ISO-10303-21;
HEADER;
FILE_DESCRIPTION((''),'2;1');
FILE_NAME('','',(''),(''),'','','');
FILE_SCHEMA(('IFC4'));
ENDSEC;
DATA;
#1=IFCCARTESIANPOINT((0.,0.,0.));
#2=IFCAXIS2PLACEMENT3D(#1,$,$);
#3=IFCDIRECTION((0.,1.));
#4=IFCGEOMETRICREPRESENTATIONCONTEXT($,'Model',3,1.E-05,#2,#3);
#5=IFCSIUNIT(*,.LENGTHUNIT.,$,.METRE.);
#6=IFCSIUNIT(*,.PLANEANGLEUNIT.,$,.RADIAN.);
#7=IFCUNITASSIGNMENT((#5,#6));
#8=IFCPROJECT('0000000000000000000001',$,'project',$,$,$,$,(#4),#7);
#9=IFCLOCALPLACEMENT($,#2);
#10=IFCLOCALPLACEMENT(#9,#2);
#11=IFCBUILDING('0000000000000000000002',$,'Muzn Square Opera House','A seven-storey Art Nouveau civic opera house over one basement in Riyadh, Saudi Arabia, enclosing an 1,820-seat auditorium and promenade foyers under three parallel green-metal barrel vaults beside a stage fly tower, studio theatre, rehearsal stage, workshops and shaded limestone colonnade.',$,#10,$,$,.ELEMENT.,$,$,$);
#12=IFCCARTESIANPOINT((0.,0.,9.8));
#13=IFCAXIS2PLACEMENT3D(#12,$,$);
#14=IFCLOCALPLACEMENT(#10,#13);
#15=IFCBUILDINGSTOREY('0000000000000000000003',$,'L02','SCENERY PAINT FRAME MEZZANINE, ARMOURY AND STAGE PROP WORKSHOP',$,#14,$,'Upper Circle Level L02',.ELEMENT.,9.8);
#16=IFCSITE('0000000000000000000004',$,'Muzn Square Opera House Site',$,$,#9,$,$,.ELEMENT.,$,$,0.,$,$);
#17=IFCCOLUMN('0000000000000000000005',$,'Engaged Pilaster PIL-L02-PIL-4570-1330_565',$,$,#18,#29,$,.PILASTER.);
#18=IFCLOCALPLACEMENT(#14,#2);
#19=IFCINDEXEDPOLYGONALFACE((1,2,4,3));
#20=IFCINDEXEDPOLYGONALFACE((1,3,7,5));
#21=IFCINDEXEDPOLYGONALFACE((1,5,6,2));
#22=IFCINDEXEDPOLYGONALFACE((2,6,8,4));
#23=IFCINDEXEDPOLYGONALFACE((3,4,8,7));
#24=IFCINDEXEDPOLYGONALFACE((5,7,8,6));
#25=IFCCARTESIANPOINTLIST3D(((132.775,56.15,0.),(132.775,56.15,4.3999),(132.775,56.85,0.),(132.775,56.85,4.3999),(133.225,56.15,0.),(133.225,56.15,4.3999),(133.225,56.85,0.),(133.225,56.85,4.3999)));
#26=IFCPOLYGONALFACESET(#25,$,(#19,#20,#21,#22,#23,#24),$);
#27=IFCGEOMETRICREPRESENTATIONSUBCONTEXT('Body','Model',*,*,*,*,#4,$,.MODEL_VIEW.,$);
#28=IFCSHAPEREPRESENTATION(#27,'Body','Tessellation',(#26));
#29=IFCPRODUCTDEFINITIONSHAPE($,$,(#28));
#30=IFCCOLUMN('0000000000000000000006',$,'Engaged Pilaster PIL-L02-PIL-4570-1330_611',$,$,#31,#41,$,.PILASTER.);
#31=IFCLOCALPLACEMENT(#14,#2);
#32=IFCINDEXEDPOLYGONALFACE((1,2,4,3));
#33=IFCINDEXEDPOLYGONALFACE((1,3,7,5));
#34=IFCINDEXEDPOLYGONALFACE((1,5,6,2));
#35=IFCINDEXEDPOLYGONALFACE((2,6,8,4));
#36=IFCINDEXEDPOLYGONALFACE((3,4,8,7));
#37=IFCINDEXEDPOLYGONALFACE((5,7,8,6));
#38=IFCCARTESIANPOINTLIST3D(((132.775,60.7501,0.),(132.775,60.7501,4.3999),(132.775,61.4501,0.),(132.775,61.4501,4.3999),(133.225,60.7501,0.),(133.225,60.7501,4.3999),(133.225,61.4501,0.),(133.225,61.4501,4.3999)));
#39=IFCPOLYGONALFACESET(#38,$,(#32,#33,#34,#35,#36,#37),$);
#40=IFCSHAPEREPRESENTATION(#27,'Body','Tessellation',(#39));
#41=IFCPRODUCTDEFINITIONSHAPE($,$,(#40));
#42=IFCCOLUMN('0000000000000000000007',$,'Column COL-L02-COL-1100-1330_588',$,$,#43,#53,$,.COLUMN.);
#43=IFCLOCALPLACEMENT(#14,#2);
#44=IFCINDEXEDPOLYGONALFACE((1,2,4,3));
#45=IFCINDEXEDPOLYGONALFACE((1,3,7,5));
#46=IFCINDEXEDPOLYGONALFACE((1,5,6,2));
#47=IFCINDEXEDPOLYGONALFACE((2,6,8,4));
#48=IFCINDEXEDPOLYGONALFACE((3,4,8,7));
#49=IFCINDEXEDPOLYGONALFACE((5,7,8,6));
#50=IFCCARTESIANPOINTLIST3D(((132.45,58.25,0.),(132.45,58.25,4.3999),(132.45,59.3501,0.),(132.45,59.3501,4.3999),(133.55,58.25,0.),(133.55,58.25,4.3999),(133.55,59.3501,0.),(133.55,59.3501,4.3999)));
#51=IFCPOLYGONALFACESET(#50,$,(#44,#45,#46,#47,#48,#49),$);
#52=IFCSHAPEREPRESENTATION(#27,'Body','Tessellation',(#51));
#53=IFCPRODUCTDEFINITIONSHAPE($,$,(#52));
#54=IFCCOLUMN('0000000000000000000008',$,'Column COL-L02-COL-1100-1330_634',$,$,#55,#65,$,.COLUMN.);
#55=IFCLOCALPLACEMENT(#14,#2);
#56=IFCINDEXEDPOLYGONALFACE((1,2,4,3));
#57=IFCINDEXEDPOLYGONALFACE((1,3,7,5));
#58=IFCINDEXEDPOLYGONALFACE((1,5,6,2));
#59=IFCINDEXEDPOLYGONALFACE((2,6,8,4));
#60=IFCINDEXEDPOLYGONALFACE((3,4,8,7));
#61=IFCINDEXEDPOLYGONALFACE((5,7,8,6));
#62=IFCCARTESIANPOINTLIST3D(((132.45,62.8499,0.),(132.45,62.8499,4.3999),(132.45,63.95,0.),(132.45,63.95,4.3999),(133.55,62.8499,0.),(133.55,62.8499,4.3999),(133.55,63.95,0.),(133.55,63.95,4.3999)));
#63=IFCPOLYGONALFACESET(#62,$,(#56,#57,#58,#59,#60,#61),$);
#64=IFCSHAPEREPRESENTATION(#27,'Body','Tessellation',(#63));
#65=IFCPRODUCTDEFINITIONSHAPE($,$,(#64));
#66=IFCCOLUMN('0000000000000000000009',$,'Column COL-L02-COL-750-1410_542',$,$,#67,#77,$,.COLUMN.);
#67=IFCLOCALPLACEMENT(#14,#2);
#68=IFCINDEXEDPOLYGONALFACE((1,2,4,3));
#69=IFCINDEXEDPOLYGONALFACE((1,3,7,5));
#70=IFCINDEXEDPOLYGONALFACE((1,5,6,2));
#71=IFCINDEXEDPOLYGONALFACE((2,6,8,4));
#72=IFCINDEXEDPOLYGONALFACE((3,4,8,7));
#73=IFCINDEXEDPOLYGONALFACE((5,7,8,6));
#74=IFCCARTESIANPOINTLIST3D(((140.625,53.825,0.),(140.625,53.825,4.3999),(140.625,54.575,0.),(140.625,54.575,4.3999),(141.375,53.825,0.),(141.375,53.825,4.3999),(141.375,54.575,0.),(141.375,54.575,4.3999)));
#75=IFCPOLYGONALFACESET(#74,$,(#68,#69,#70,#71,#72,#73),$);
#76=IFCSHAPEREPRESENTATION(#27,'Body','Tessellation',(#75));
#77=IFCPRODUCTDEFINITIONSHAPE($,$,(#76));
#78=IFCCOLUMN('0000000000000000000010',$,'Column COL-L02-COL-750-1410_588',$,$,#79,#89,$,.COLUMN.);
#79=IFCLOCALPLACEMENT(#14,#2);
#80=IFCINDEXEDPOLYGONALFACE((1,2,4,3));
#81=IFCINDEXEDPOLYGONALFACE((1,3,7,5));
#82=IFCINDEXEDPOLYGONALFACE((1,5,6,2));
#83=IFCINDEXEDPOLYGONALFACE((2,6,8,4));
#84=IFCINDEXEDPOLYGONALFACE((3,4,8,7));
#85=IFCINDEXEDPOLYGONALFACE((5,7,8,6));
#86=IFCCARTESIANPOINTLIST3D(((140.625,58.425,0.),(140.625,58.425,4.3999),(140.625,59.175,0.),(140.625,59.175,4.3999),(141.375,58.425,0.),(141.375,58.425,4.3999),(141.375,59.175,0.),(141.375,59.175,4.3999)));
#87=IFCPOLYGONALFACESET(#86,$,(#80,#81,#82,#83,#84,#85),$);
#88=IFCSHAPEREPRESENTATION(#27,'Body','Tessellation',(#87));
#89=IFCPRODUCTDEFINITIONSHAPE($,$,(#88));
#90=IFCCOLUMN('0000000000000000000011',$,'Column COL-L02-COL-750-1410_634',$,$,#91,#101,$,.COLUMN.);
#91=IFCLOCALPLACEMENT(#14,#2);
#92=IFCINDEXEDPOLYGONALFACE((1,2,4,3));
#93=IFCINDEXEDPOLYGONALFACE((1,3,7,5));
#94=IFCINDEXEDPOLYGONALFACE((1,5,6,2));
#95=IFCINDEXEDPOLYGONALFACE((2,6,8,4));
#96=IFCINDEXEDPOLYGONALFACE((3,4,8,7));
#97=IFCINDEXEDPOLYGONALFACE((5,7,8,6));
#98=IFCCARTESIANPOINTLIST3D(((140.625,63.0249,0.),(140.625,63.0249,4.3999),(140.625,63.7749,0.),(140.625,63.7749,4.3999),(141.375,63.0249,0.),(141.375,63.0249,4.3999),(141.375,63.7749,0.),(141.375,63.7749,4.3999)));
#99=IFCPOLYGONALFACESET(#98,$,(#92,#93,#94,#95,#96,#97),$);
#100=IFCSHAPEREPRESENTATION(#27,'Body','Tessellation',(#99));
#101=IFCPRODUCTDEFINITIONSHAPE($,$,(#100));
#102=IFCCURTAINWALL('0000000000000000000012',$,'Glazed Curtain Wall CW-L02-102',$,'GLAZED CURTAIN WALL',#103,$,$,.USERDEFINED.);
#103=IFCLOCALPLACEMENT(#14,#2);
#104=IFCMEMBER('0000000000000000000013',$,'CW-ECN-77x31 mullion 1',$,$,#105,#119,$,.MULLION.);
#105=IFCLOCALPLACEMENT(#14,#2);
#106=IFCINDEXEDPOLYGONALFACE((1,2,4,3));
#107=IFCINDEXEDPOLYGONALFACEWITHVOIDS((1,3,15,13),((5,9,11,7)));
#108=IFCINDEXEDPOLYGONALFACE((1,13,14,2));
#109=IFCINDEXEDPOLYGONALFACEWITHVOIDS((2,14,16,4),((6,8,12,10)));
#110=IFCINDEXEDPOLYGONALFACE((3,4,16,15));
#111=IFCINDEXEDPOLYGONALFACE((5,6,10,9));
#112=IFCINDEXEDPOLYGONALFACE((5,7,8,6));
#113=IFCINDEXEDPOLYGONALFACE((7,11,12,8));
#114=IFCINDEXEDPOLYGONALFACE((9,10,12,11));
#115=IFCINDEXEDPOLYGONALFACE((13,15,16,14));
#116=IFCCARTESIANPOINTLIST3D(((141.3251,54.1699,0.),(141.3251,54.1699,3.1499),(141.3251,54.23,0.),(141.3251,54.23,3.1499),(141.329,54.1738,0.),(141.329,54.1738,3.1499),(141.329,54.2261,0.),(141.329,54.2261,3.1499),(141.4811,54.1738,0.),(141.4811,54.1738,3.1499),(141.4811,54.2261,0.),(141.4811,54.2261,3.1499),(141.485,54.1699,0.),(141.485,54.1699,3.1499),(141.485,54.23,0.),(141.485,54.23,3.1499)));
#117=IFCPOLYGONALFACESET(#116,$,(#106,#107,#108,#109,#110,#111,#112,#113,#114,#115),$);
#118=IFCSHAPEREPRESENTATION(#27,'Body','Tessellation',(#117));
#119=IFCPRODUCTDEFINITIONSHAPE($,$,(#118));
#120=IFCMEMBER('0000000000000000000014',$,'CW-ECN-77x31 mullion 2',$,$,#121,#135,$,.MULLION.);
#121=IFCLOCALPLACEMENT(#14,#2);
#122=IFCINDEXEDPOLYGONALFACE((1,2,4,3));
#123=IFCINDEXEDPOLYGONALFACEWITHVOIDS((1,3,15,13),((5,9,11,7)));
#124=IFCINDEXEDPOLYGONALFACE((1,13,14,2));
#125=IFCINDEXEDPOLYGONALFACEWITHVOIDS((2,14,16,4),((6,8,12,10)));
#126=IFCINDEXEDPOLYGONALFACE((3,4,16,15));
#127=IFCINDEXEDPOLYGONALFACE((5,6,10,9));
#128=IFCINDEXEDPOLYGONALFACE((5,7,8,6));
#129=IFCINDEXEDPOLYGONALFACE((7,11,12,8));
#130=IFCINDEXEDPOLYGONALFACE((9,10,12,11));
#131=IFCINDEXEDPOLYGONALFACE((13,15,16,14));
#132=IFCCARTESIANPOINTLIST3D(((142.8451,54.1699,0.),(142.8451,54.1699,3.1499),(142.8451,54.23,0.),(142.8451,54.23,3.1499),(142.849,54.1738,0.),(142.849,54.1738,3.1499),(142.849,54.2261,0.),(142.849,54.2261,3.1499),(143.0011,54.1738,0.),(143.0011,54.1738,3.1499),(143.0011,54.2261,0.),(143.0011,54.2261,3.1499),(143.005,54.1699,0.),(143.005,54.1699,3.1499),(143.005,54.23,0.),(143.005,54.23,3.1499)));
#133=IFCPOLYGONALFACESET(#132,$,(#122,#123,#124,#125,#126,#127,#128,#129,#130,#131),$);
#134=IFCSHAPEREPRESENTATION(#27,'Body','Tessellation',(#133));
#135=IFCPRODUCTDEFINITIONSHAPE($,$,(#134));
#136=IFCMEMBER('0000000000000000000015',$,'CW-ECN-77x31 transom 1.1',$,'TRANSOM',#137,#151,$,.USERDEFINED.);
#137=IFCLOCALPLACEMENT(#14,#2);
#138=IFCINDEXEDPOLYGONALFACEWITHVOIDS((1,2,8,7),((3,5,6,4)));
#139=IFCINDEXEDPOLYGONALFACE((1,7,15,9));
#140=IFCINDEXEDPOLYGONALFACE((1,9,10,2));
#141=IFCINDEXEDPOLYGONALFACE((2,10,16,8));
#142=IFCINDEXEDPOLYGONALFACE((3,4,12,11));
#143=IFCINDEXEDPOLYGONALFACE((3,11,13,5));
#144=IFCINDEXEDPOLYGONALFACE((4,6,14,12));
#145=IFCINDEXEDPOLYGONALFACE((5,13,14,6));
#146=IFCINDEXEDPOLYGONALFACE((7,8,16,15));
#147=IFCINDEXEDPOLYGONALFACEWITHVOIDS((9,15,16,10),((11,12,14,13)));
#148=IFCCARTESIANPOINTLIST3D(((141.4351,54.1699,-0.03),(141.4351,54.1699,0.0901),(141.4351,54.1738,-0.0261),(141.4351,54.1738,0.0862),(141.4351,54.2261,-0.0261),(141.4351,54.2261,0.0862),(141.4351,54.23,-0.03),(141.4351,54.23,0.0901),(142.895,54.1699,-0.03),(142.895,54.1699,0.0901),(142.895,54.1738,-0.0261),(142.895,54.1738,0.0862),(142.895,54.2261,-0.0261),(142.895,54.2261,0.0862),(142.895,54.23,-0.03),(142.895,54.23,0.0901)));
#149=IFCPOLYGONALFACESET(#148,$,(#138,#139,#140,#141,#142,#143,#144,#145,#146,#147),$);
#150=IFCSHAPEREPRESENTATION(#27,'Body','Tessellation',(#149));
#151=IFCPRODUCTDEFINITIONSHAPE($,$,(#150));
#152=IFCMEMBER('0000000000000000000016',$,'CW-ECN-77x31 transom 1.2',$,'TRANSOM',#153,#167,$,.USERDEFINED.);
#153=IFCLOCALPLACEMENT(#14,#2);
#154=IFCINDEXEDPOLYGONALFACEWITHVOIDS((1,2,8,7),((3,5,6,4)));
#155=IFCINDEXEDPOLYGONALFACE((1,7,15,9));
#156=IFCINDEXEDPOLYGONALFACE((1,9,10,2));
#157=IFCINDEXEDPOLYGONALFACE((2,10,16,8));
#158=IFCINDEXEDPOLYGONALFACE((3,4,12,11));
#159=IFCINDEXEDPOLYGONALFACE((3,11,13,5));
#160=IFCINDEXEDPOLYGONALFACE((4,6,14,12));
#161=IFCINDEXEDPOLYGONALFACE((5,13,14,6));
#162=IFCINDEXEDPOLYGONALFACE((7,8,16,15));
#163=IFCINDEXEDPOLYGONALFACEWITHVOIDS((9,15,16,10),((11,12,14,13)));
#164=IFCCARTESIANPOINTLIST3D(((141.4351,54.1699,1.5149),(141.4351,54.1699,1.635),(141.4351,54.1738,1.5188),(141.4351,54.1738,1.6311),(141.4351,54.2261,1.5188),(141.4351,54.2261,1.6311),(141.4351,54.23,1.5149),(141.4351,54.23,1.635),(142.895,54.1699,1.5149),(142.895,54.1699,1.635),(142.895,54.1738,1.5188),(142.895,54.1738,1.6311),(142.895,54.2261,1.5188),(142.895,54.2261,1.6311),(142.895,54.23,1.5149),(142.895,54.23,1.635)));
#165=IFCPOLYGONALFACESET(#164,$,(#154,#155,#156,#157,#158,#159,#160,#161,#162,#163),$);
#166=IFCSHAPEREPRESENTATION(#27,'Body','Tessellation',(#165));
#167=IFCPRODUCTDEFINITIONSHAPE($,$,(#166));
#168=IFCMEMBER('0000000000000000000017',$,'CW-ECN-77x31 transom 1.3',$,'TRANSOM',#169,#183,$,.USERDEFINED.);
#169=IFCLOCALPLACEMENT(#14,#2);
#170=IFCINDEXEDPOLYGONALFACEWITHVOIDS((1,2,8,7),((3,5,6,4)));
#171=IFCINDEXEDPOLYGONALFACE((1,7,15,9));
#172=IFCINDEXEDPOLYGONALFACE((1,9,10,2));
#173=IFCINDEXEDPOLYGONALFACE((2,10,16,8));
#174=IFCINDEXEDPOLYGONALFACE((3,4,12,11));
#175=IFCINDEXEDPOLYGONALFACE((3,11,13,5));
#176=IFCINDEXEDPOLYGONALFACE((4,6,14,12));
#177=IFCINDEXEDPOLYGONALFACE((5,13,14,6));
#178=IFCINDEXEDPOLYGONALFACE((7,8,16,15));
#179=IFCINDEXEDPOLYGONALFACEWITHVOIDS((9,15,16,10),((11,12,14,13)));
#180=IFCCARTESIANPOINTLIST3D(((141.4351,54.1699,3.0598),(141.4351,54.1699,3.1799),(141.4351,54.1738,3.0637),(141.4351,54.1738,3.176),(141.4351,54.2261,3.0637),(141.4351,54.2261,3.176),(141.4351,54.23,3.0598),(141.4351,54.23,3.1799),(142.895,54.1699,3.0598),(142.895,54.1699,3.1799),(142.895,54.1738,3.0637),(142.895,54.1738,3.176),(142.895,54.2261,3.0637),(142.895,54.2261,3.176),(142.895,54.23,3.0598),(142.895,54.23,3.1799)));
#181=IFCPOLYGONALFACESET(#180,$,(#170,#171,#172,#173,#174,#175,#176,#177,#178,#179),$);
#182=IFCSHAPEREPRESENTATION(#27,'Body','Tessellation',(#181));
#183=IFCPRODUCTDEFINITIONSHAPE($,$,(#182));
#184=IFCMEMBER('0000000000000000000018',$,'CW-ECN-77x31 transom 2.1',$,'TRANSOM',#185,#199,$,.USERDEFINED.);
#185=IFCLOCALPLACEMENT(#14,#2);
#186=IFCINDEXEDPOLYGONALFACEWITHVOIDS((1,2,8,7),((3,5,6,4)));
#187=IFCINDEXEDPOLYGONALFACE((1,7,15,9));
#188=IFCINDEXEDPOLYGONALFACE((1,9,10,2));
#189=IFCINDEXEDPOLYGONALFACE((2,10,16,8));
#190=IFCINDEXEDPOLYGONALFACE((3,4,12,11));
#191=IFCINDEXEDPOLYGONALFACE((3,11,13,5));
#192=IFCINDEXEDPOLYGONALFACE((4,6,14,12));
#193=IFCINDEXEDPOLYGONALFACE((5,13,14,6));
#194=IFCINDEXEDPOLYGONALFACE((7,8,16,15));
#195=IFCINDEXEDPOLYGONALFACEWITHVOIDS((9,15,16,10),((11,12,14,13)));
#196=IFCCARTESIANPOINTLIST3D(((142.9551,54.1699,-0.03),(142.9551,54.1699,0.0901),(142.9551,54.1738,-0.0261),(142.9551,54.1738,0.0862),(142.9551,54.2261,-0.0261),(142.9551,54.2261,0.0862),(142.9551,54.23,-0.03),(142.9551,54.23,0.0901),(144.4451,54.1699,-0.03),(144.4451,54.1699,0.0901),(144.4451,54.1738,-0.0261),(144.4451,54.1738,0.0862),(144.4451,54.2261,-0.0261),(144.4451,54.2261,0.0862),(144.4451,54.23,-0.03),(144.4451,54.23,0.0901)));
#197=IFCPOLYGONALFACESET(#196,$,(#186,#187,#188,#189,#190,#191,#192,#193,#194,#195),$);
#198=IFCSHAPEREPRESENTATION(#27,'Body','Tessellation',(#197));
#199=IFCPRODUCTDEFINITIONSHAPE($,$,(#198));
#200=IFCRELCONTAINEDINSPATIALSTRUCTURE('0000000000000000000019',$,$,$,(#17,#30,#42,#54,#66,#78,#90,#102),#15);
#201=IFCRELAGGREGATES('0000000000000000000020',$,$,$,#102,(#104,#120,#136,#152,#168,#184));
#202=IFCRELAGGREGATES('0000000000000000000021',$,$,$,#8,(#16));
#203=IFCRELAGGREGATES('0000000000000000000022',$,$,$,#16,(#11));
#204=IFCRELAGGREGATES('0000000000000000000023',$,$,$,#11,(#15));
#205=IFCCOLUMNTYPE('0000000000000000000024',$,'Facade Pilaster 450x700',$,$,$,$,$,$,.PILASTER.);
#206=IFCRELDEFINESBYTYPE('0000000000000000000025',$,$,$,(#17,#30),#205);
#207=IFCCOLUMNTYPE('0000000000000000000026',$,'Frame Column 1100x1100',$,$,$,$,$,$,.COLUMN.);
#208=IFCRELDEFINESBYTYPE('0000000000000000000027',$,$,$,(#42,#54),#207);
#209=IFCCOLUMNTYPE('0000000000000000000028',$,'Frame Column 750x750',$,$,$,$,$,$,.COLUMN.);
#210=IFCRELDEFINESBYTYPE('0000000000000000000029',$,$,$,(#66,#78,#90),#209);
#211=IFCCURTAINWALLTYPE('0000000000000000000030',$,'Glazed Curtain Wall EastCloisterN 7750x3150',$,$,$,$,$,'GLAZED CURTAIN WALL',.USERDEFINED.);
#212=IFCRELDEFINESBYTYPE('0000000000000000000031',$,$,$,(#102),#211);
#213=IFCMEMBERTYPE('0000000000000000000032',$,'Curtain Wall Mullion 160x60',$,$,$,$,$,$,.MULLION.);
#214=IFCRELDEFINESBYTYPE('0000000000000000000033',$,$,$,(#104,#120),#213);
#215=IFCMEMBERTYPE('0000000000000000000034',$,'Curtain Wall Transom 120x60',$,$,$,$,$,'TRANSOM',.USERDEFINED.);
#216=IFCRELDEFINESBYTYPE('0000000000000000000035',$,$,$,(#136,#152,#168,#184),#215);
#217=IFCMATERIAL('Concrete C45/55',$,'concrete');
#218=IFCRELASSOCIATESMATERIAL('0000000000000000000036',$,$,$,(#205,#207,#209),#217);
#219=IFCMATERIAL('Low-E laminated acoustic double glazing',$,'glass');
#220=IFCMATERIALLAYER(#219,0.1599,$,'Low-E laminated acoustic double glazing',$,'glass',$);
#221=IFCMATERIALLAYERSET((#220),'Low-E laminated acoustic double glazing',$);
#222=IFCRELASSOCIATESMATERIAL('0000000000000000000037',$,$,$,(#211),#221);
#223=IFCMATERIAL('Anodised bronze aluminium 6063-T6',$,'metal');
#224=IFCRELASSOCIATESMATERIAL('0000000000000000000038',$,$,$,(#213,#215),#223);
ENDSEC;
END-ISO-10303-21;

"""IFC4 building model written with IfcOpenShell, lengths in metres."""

from ifc_helpers import new_model, si_unit, direction, frame, origin, origin_2d, place, context, subcontext, project, spatial, rectangle, hollow_rectangle, extrude, material, layer, layer_set, material_profile, profile_set, type_object, element, aggregate, save


model = new_model("IFC4")

# Units and contexts
model_context = context("Model", 3, precision=1e-05, world=origin(), true_north=direction((0.0, 1.0)))
body_context = subcontext(model_context, "Body", "Model", "MODEL_VIEW")
ifc_project = project(units=[si_unit("LENGTHUNIT", "METRE"), si_unit("PLANEANGLEUNIT", "RADIAN")], contexts=[model_context])

# Site, building, storey
site_placement = place(None, origin())
site = spatial("IfcSite", under=ifc_project, at=site_placement, Name="Muzn Square Opera House Site", CompositionType="ELEMENT", RefElevation=0.0)
building_placement = place(site_placement, origin())
building = spatial("IfcBuilding", under=site, at=building_placement, Name="Muzn Square Opera House", Description="A seven-storey Art Nouveau civic opera house over one basement in Riyadh, Saudi Arabia, enclosing an 1,820-seat auditorium and promenade foyers under three parallel green-metal barrel vaults beside a stage fly tower, studio theatre, rehearsal stage, workshops and shaded limestone colonnade.", CompositionType="ELEMENT")
storey_placement = place(building_placement, frame((0.0, 0.0, 9.8)))
storey = spatial("IfcBuildingStorey", under=building, at=storey_placement, Name="L02", Description="SCENERY PAINT FRAME MEZZANINE, ARMOURY AND STAGE PROP WORKSHOP", LongName="Upper Circle Level L02", CompositionType="ELEMENT", Elevation=9.8)

# Columns
ifc_material_1 = material(Name="Concrete C45/55", Category="concrete")
ifc_material_profile_1 = material_profile(ifc_material_1, rectangle(XDim=0.45, YDim=0.7, at=origin_2d()), Name="RC 450x700", Category="concrete")
ifc_profile_set_1 = profile_set([ifc_material_profile_1], Name="Concrete C45/55")
column_type_1 = type_object("IfcColumnType", Name="Facade Pilaster 450x700", PredefinedType="PILASTER", material=ifc_profile_set_1)
for number, where, z_axis, x_axis, name in (
    (1, (133.0, 56.5, 0.0), (0.0, 0.0, 1.0), (1.0, 0.0, 0.0), "Engaged Pilaster PIL-L02-PIL-4570-1330_565"),
    (2, (133.0, 61.1001, 0.0), (0.0, 0.0, 1.0), (1.0, 0.0, 0.0), "Engaged Pilaster PIL-L02-PIL-4570-1330_611"),
):
    element("IfcColumn", number, at=place(storey_placement, frame(where, z_axis=z_axis, x_axis=x_axis)), inside=storey, type_object=column_type_1, Name=name, PredefinedType="PILASTER", context=body_context, shape_type="SweptSolid", body=[
        extrude(rectangle(XDim=0.45, YDim=0.7, at=origin_2d()), origin(), (0.0, 0.0, 1.0), 4.3999),
    ])
ifc_material_profile_2 = material_profile(ifc_material_1, rectangle(XDim=1.1001, YDim=1.1001, at=origin_2d()), Name="RC 1100x1100", Category="concrete")
ifc_profile_set_2 = profile_set([ifc_material_profile_2], Name="Concrete C45/55")
column_type_2 = type_object("IfcColumnType", Name="Frame Column 1100x1100", PredefinedType="COLUMN", material=ifc_profile_set_2)
for number, where, z_axis, x_axis, name in (
    (3, (133.0, 58.8, 0.0), (0.0, 0.0, 1.0), (1.0, 0.0, 0.0), "Column COL-L02-COL-1100-1330_588"),
    (4, (133.0, 63.3999, 0.0), (0.0, 0.0, 1.0), (1.0, 0.0, 0.0), "Column COL-L02-COL-1100-1330_634"),
):
    element("IfcColumn", number, at=place(storey_placement, frame(where, z_axis=z_axis, x_axis=x_axis)), inside=storey, type_object=column_type_2, Name=name, PredefinedType="COLUMN", context=body_context, shape_type="SweptSolid", body=[
        extrude(rectangle(XDim=1.1001, YDim=1.1001, at=origin_2d()), origin(), (0.0, 0.0, 1.0), 4.3999),
    ])
ifc_material_profile_3 = material_profile(ifc_material_1, rectangle(XDim=0.75, YDim=0.75, at=origin_2d()), Name="RC 750x750", Category="concrete")
ifc_profile_set_3 = profile_set([ifc_material_profile_3], Name="Concrete C45/55")
column_type_3 = type_object("IfcColumnType", Name="Frame Column 750x750", PredefinedType="COLUMN", material=ifc_profile_set_3)
for number, where, z_axis, x_axis, name in (
    (5, (141.0, 54.2, 0.0), (0.0, 0.0, 1.0), (1.0, 0.0, 0.0), "Column COL-L02-COL-750-1410_542"),
    (6, (141.0, 58.8, 0.0), (0.0, 0.0, 1.0), (1.0, 0.0, 0.0), "Column COL-L02-COL-750-1410_588"),
    (7, (141.0, 63.3999, 0.0), (0.0, 0.0, 1.0), (1.0, 0.0, 0.0), "Column COL-L02-COL-750-1410_634"),
):
    element("IfcColumn", number, at=place(storey_placement, frame(where, z_axis=z_axis, x_axis=x_axis)), inside=storey, type_object=column_type_3, Name=name, PredefinedType="COLUMN", context=body_context, shape_type="SweptSolid", body=[
        extrude(rectangle(XDim=0.75, YDim=0.75, at=origin_2d()), origin(), (0.0, 0.0, 1.0), 4.3999),
    ])

# Curtain wall, members
ifc_material_2 = material(Name="Low-E laminated acoustic double glazing", Category="glass")
ifc_layer_1 = layer(ifc_material_2, 0.1599, Name="Low-E laminated acoustic double glazing", Category="glass")
ifc_layer_set_1 = layer_set([ifc_layer_1], Name="Low-E laminated acoustic double glazing")
curtain_wall_type = type_object("IfcCurtainWallType", Name="Glazed Curtain Wall EastCloisterN 7750x3150", ElementType="GLAZED CURTAIN WALL", PredefinedType="USERDEFINED", material=ifc_layer_set_1)
curtain_wall_placement = place(storey_placement, origin())
curtain_wall = element("IfcCurtainWall", 8, at=curtain_wall_placement, inside=storey, type_object=curtain_wall_type, Name="Glazed Curtain Wall CW-L02-102", ObjectType="GLAZED CURTAIN WALL", PredefinedType="USERDEFINED")
ifc_material_3 = material(Name="Anodised bronze aluminium 6063-T6", Category="metal")
ifc_material_profile_4 = material_profile(ifc_material_3, hollow_rectangle(XDim=0.0601, YDim=0.1599, WallThickness=0.0039, at=origin_2d()), Name="ALU 160x60x4", Category="metal")
ifc_profile_set_4 = profile_set([ifc_material_profile_4], Name="Anodised bronze aluminium 6063-T6")
member_type_1 = type_object("IfcMemberType", Name="Curtain Wall Mullion 160x60", PredefinedType="MULLION", material=ifc_profile_set_4)
member_1_placement = place(storey_placement, frame((141.405, 54.2, 0.0), z_axis=(0.0, 0.0, 1.0), x_axis=(0.0, 1.0, 0.0)))
member_1 = element("IfcMember", 9, at=member_1_placement, type_object=member_type_1, Name="CW-ECN-77x31 mullion 1", PredefinedType="MULLION", context=body_context, shape_type="SweptSolid", body=[
    extrude(hollow_rectangle(XDim=0.0601, YDim=0.1599, WallThickness=0.0039, at=origin_2d()), origin(), (0.0, 0.0, 1.0), 3.1499),
])
member_2_placement = place(storey_placement, frame((142.925, 54.2, 0.0), z_axis=(0.0, 0.0, 1.0), x_axis=(0.0, 1.0, 0.0)))
member_2 = element("IfcMember", 10, at=member_2_placement, type_object=member_type_1, Name="CW-ECN-77x31 mullion 2", PredefinedType="MULLION", context=body_context, shape_type="SweptSolid", body=[
    extrude(hollow_rectangle(XDim=0.0601, YDim=0.1599, WallThickness=0.0039, at=origin_2d()), origin(), (0.0, 0.0, 1.0), 3.1499),
])
ifc_material_profile_5 = material_profile(ifc_material_3, hollow_rectangle(XDim=0.0601, YDim=0.1201, WallThickness=0.0039, at=origin_2d()), Name="ALU 120x60x4", Category="metal")
ifc_profile_set_5 = profile_set([ifc_material_profile_5], Name="Anodised bronze aluminium 6063-T6")
member_type_2 = type_object("IfcMemberType", Name="Curtain Wall Transom 120x60", ElementType="TRANSOM", PredefinedType="USERDEFINED", material=ifc_profile_set_5)
member_3_placement = place(storey_placement, frame((141.4351, 54.2, 0.03), z_axis=(1.0, 0.0, 0.0), x_axis=(0.0, 1.0, 0.0)))
member_3 = element("IfcMember", 11, at=member_3_placement, type_object=member_type_2, Name="CW-ECN-77x31 transom 1.1", ObjectType="TRANSOM", PredefinedType="USERDEFINED", context=body_context, shape_type="SweptSolid", body=[
    extrude(hollow_rectangle(XDim=0.0601, YDim=0.1201, WallThickness=0.0039, at=origin_2d()), origin(), (0.0, 0.0, 1.0), 1.46),
])
member_4_placement = place(storey_placement, frame((141.4351, 54.2, 1.575), z_axis=(1.0, 0.0, 0.0), x_axis=(0.0, 1.0, 0.0)))
member_4 = element("IfcMember", 12, at=member_4_placement, type_object=member_type_2, Name="CW-ECN-77x31 transom 1.2", ObjectType="TRANSOM", PredefinedType="USERDEFINED", context=body_context, shape_type="SweptSolid", body=[
    extrude(hollow_rectangle(XDim=0.0601, YDim=0.1201, WallThickness=0.0039, at=origin_2d()), origin(), (0.0, 0.0, 1.0), 1.46),
])
member_5_placement = place(storey_placement, frame((141.4351, 54.2, 3.1199), z_axis=(1.0, 0.0, 0.0), x_axis=(0.0, 1.0, 0.0)))
member_5 = element("IfcMember", 13, at=member_5_placement, type_object=member_type_2, Name="CW-ECN-77x31 transom 1.3", ObjectType="TRANSOM", PredefinedType="USERDEFINED", context=body_context, shape_type="SweptSolid", body=[
    extrude(hollow_rectangle(XDim=0.0601, YDim=0.1201, WallThickness=0.0039, at=origin_2d()), origin(), (0.0, 0.0, 1.0), 1.46),
])
member_6_placement = place(storey_placement, frame((142.9551, 54.2, 0.03), z_axis=(1.0, 0.0, 0.0), x_axis=(0.0, 1.0, 0.0)))
member_6 = element("IfcMember", 14, at=member_6_placement, type_object=member_type_2, Name="CW-ECN-77x31 transom 2.1", ObjectType="TRANSOM", PredefinedType="USERDEFINED", context=body_context, shape_type="SweptSolid", body=[
    extrude(hollow_rectangle(XDim=0.0601, YDim=0.1201, WallThickness=0.0039, at=origin_2d()), origin(), (0.0, 0.0, 1.0), 1.49),
])

aggregate(curtain_wall, [member_1, member_2, member_3, member_4, member_5, member_6])

save(model, "model.ifc")
